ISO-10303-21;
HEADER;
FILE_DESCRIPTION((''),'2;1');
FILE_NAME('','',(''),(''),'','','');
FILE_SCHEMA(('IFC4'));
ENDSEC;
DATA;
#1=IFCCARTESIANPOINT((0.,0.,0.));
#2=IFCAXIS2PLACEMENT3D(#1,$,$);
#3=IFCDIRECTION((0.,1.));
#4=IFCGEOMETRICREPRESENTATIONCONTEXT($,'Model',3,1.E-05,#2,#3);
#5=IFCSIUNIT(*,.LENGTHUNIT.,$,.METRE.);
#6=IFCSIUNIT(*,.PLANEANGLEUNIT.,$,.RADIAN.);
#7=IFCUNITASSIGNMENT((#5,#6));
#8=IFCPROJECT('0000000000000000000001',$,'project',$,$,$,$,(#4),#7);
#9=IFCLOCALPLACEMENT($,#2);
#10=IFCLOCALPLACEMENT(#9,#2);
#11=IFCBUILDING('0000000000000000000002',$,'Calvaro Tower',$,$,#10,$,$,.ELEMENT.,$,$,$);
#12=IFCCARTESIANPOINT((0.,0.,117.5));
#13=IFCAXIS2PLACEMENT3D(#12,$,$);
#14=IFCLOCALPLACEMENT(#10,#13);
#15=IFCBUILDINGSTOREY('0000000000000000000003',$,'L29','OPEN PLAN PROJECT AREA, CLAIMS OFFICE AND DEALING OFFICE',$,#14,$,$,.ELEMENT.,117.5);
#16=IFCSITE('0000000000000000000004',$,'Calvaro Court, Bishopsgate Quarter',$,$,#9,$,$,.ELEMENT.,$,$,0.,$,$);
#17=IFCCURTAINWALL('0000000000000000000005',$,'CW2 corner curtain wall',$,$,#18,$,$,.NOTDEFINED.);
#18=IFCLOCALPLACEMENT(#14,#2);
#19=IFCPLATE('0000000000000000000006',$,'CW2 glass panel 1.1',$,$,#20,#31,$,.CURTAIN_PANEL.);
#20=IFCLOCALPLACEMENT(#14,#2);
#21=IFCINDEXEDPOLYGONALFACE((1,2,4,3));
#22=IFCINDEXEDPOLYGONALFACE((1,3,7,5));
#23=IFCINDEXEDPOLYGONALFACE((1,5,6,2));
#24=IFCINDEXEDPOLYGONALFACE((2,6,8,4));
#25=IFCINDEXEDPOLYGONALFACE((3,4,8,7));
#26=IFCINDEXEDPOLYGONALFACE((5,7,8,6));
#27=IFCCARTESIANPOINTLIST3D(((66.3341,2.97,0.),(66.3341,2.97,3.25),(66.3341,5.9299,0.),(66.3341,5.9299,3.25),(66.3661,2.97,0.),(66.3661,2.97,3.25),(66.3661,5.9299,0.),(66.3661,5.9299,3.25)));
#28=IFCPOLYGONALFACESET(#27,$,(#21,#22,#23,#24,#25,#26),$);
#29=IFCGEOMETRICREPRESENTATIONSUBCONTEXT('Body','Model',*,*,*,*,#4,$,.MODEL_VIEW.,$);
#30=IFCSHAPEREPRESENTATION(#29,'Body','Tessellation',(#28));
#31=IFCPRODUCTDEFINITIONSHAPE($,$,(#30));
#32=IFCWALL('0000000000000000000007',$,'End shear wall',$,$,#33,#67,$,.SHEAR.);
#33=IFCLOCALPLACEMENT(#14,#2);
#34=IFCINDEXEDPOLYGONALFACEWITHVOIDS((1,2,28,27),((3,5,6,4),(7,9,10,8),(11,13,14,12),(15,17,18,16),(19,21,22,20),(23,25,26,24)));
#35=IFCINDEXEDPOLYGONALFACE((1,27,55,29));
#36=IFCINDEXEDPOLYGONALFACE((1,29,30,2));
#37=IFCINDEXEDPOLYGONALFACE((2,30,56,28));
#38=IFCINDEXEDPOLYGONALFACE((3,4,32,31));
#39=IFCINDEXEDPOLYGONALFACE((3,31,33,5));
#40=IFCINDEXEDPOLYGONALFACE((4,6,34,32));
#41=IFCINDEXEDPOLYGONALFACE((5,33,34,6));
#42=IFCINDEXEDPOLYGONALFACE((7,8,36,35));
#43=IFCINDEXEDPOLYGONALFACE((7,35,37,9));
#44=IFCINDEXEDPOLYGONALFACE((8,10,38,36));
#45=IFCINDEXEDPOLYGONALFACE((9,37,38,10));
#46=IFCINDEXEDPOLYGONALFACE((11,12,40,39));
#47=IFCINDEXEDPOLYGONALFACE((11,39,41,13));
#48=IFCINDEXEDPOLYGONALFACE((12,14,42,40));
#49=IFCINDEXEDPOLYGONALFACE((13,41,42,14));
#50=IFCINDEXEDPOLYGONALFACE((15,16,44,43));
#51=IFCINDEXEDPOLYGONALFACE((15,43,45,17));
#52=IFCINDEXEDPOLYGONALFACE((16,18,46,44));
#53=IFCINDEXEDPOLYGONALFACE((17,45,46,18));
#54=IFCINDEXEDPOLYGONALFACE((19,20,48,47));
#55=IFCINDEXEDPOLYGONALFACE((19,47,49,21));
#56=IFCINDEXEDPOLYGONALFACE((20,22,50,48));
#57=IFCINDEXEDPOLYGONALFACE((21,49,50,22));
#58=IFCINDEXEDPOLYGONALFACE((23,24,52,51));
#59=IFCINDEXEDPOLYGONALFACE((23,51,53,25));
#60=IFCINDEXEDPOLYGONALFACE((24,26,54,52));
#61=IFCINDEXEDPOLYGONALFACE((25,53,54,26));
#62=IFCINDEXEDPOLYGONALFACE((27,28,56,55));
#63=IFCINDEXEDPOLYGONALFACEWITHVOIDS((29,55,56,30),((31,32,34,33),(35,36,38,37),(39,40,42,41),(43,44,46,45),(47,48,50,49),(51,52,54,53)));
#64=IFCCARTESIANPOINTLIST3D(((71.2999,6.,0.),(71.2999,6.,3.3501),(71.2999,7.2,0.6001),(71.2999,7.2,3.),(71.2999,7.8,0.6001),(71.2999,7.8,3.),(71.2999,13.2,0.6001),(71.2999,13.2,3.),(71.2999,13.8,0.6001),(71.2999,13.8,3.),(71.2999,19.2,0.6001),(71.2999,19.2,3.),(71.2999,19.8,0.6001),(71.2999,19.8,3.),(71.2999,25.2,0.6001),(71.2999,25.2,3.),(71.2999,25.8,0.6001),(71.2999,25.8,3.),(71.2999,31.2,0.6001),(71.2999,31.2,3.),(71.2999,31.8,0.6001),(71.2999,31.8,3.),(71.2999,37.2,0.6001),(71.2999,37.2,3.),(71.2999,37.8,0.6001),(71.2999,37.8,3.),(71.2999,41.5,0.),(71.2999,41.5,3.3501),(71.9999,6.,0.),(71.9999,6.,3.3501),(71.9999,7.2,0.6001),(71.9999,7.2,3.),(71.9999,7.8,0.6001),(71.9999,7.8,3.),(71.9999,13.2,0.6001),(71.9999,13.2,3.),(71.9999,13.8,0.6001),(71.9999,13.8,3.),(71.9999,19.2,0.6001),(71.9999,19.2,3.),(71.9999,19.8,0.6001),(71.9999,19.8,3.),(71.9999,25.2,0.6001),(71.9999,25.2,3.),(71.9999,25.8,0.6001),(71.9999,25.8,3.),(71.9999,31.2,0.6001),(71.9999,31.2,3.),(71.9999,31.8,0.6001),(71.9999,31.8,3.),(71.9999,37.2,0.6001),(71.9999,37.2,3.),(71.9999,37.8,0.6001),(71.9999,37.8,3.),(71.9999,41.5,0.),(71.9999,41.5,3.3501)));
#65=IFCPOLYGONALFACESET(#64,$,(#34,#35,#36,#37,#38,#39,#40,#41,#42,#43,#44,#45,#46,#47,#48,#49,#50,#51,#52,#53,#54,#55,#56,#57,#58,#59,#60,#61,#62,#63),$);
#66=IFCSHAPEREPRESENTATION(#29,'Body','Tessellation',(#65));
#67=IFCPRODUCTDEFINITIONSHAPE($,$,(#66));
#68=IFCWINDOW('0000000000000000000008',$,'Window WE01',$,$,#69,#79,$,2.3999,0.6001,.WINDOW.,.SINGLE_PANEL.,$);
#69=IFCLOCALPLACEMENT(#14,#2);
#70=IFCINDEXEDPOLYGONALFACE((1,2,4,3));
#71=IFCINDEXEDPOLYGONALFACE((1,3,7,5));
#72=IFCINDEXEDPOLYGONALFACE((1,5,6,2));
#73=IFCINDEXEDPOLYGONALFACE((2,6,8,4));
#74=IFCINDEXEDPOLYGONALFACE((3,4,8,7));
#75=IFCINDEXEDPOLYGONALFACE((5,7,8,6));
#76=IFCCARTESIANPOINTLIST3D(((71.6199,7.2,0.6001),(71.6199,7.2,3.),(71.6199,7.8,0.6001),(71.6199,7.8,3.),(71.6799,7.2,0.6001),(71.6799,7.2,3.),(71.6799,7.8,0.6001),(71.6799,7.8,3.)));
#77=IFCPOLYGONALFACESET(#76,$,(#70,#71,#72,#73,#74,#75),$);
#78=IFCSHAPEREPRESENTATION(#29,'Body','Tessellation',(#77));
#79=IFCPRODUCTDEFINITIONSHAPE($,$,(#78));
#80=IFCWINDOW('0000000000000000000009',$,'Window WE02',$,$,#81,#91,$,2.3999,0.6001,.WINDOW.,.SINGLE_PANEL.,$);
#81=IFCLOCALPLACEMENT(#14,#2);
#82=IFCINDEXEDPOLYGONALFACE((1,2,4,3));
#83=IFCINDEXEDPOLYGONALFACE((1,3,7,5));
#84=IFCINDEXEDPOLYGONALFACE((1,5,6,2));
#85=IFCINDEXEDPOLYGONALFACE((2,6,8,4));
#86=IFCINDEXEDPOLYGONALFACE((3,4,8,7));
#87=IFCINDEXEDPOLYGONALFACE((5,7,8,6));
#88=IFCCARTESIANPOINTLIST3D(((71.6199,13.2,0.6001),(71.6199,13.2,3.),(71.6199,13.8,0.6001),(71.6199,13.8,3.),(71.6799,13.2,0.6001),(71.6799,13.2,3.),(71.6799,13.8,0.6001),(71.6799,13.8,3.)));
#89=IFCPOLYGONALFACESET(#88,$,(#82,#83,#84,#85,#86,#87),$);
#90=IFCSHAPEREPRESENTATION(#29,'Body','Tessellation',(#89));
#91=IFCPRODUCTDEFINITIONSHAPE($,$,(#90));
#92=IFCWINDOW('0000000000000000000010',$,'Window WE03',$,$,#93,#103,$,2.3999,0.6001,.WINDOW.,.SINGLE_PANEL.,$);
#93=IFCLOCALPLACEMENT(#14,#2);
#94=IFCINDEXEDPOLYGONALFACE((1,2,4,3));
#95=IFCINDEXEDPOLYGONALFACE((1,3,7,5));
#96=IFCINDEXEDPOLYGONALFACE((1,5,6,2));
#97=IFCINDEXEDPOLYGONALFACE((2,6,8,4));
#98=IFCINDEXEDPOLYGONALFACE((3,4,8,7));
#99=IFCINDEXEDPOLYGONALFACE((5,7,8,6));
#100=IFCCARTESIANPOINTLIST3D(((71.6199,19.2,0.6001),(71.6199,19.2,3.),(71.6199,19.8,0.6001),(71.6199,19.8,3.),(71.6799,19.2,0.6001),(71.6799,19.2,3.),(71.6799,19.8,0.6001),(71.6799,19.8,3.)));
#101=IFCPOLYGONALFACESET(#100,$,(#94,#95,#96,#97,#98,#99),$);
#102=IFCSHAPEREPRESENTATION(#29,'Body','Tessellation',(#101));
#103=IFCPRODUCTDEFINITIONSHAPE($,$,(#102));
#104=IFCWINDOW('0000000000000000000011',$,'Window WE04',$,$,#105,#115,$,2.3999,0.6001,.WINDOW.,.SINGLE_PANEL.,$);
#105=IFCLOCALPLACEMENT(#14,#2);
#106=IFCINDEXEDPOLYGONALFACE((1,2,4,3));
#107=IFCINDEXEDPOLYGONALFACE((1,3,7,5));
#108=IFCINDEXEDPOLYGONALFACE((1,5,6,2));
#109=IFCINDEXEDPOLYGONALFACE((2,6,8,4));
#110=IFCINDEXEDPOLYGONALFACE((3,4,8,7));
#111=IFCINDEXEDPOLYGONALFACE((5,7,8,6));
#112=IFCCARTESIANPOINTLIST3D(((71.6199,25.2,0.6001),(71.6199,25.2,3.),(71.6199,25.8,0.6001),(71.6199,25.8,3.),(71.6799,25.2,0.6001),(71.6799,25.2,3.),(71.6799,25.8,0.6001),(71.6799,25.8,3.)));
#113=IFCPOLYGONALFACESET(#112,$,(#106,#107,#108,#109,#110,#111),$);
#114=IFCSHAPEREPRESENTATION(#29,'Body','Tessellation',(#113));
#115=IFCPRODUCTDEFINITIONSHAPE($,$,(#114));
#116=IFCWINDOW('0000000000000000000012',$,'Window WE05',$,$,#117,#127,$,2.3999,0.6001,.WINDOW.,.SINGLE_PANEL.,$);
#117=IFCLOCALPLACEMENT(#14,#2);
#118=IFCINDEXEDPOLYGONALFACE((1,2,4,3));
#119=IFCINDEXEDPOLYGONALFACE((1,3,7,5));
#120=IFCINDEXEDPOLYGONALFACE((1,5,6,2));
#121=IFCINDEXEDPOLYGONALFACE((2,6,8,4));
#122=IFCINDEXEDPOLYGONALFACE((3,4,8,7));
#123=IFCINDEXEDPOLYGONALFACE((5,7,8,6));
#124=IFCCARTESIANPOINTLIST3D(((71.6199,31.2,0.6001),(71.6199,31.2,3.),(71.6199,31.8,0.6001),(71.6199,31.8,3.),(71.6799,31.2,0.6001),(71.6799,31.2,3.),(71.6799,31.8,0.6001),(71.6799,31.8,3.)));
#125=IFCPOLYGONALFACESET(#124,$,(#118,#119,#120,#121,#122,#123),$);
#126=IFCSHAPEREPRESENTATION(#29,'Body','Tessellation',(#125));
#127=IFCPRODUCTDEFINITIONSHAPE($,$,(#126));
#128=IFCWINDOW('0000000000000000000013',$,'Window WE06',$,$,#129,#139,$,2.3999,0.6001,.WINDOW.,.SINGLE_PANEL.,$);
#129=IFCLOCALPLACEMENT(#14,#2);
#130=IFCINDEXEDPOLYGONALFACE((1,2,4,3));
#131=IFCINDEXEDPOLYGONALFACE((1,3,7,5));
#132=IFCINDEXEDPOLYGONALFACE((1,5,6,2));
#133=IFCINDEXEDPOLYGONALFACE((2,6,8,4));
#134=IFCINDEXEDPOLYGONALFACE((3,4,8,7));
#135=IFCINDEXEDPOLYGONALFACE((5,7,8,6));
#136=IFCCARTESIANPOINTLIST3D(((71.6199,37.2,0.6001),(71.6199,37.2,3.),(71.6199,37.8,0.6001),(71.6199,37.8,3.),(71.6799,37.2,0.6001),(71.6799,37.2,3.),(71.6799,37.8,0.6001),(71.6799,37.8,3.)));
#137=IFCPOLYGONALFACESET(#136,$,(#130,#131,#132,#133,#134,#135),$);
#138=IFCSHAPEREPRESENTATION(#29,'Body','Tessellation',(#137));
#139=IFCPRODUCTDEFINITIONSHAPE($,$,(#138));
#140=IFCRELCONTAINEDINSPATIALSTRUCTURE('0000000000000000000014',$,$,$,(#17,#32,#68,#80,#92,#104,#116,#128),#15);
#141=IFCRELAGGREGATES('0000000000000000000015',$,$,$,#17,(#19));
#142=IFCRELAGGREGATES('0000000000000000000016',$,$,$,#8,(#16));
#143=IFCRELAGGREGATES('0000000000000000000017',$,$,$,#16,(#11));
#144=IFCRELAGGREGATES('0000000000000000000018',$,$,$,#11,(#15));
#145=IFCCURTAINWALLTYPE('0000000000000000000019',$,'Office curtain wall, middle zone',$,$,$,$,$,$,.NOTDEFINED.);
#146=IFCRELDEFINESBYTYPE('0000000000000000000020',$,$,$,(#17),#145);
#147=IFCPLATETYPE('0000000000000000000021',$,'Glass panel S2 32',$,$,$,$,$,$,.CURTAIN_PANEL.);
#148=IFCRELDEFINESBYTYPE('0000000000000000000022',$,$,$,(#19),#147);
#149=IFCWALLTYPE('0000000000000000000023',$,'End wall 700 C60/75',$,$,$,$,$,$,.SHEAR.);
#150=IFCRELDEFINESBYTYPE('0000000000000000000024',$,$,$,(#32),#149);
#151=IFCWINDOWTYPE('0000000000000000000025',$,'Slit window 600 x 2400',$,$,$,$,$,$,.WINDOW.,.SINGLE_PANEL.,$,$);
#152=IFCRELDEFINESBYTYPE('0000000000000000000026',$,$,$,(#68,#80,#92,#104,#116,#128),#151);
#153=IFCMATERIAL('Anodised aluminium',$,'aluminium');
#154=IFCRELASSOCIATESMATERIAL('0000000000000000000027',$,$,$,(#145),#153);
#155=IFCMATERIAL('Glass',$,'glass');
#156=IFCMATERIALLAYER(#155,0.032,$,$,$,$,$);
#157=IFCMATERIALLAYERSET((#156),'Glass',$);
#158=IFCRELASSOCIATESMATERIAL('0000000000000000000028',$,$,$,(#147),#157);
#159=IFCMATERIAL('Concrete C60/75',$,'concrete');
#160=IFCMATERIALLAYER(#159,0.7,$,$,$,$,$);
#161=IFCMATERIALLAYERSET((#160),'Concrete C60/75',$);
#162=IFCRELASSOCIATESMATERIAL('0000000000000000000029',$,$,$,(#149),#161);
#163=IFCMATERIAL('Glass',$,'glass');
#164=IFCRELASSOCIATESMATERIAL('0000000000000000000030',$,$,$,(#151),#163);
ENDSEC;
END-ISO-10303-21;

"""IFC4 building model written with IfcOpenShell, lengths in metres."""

from ifc_helpers import new_model, si_unit, direction, frame, frame_2d, origin, origin_2d, place, context, subcontext, project, spatial, rectangle, extrude, material, layer, layer_set, type_object, element, fill, aggregate, save


model = new_model("IFC4")

# Units and contexts
model_context = context("Model", 3, precision=1e-05, world=origin(), true_north=direction((0.0, 1.0)))
body_context = subcontext(model_context, "Body", "Model", "MODEL_VIEW")
ifc_project = project(units=[si_unit("LENGTHUNIT", "METRE"), si_unit("PLANEANGLEUNIT", "RADIAN")], contexts=[model_context])

# Site, building, storey
site_placement = place(None, origin())
site = spatial("IfcSite", under=ifc_project, at=site_placement, Name="Calvaro Court, Bishopsgate Quarter", CompositionType="ELEMENT", RefElevation=0.0)
building_placement = place(site_placement, origin())
building = spatial("IfcBuilding", under=site, at=building_placement, Name="Calvaro Tower", CompositionType="ELEMENT")
storey_placement = place(building_placement, frame((0.0, 0.0, 117.5)))
storey = spatial("IfcBuildingStorey", under=building, at=storey_placement, Name="L29", Description="OPEN PLAN PROJECT AREA, CLAIMS OFFICE AND DEALING OFFICE", CompositionType="ELEMENT", Elevation=117.5)

# Curtain wall
ifc_material_1 = material(Name="Anodised aluminium", Category="aluminium")
curtain_wall_type = type_object("IfcCurtainWallType", Name="Office curtain wall, middle zone", PredefinedType="NOTDEFINED", material=ifc_material_1)
curtain_wall_1_placement = place(storey_placement, origin())
curtain_wall_1 = element("IfcCurtainWall", 1, at=curtain_wall_1_placement, inside=storey, type_object=curtain_wall_type, Name="CW2 corner curtain wall", PredefinedType="NOTDEFINED")

# Plate
ifc_material_2 = material(Name="Glass", Category="glass")
ifc_layer_1 = layer(ifc_material_2, 0.032)
ifc_layer_set_1 = layer_set([ifc_layer_1], Name="Glass")
plate_type = type_object("IfcPlateType", Name="Glass panel S2 32", PredefinedType="CURTAIN_PANEL", material=ifc_layer_set_1)
plate_1_placement = place(storey_placement, frame((66.3501, 4.45, 0.0), z_axis=(0.0, 0.0, 1.0), x_axis=(0.0, 1.0, 0.0)))
plate_1 = element("IfcPlate", 2, at=plate_1_placement, type_object=plate_type, Name="CW2 glass panel 1.1", PredefinedType="CURTAIN_PANEL", context=body_context, shape_type="SweptSolid", body=[
    extrude(rectangle(XDim=2.96, YDim=0.032, at=origin_2d()), origin(), (0.0, 0.0, 1.0), 3.25),
])
aggregate(curtain_wall_1, [plate_1])

# Wall, openings, windows
ifc_material_3 = material(Name="Concrete C60/75", Category="concrete")
ifc_layer_2 = layer(ifc_material_3, 0.7)
ifc_layer_set_2 = layer_set([ifc_layer_2], Name="Concrete C60/75")
wall_type_1 = type_object("IfcWallType", Name="End wall 700 C60/75", PredefinedType="SHEAR", material=ifc_layer_set_2)
wall_1_placement = place(storey_placement, frame((71.6499, 6.0, 0.0), z_axis=(0.0, 0.0, 1.0), x_axis=(0.0, 1.0, 0.0)))
wall_1 = element("IfcWall", 3, at=wall_1_placement, inside=storey, type_object=wall_type_1, Name="End shear wall", PredefinedType="SHEAR", context=body_context, shape_type="SweptSolid", body=[
    extrude(rectangle(XDim=35.5, YDim=0.7, at=frame_2d((17.75, 0.0))), origin(), (0.0, 0.0, 1.0), 3.3501),
])
opening_1_placement = place(wall_1_placement, frame((1.2, 0.0, 0.6001)))
opening_1 = element("IfcOpeningElement", 4, at=opening_1_placement, cuts=wall_1, PredefinedType="OPENING", context=body_context, shape_type="SweptSolid", body=[
    extrude(rectangle(XDim=0.6001, YDim=2.3999, at=frame_2d((0.3, 1.2))), frame((0.0, 0.3599, 0.0), z_axis=(0.0, -1.0, 0.0), x_axis=(1.0, 0.0, 0.0)), (0.0, 0.0, 1.0), 0.72),
])
opening_2_placement = place(wall_1_placement, frame((7.2, 0.0, 0.6001)))
opening_2 = element("IfcOpeningElement", 5, at=opening_2_placement, cuts=wall_1, PredefinedType="OPENING", context=body_context, shape_type="SweptSolid", body=[
    extrude(rectangle(XDim=0.6001, YDim=2.3999, at=frame_2d((0.3, 1.2))), frame((0.0, 0.3599, 0.0), z_axis=(0.0, -1.0, 0.0), x_axis=(1.0, 0.0, 0.0)), (0.0, 0.0, 1.0), 0.72),
])
opening_3_placement = place(wall_1_placement, frame((13.2, 0.0, 0.6001)))
opening_3 = element("IfcOpeningElement", 6, at=opening_3_placement, cuts=wall_1, PredefinedType="OPENING", context=body_context, shape_type="SweptSolid", body=[
    extrude(rectangle(XDim=0.6001, YDim=2.3999, at=frame_2d((0.3, 1.2))), frame((0.0, 0.3599, 0.0), z_axis=(0.0, -1.0, 0.0), x_axis=(1.0, 0.0, 0.0)), (0.0, 0.0, 1.0), 0.72),
])
opening_4_placement = place(wall_1_placement, frame((19.2, 0.0, 0.6001)))
opening_4 = element("IfcOpeningElement", 7, at=opening_4_placement, cuts=wall_1, PredefinedType="OPENING", context=body_context, shape_type="SweptSolid", body=[
    extrude(rectangle(XDim=0.6001, YDim=2.3999, at=frame_2d((0.3, 1.2))), frame((0.0, 0.3599, 0.0), z_axis=(0.0, -1.0, 0.0), x_axis=(1.0, 0.0, 0.0)), (0.0, 0.0, 1.0), 0.72),
])
opening_5_placement = place(wall_1_placement, frame((25.2, 0.0, 0.6001)))
opening_5 = element("IfcOpeningElement", 8, at=opening_5_placement, cuts=wall_1, PredefinedType="OPENING", context=body_context, shape_type="SweptSolid", body=[
    extrude(rectangle(XDim=0.6001, YDim=2.3999, at=frame_2d((0.3, 1.2))), frame((0.0, 0.3599, 0.0), z_axis=(0.0, -1.0, 0.0), x_axis=(1.0, 0.0, 0.0)), (0.0, 0.0, 1.0), 0.72),
])
opening_6_placement = place(wall_1_placement, frame((31.2, 0.0, 0.6001)))
opening_6 = element("IfcOpeningElement", 9, at=opening_6_placement, cuts=wall_1, PredefinedType="OPENING", context=body_context, shape_type="SweptSolid", body=[
    extrude(rectangle(XDim=0.6001, YDim=2.3999, at=frame_2d((0.3, 1.2))), frame((0.0, 0.3599, 0.0), z_axis=(0.0, -1.0, 0.0), x_axis=(1.0, 0.0, 0.0)), (0.0, 0.0, 1.0), 0.72),
])
ifc_material_4 = material(Name="Glass", Category="glass")
window_type = type_object("IfcWindowType", Name="Slit window 600 x 2400", PartitioningType="SINGLE_PANEL", PredefinedType="WINDOW", material=ifc_material_4)
window_1_placement = place(opening_1_placement, origin())
window_1 = element("IfcWindow", 10, at=window_1_placement, inside=storey, type_object=window_type, Name="Window WE01", OverallHeight=2.3999, OverallWidth=0.6001, PartitioningType="SINGLE_PANEL", PredefinedType="WINDOW", context=body_context, shape_type="SweptSolid", body=[
    extrude(rectangle(XDim=0.6001, YDim=2.3999, at=frame_2d((0.3, 1.2))), frame((0.0, 0.03, 0.0), z_axis=(0.0, -1.0, 0.0), x_axis=(1.0, 0.0, 0.0)), (0.0, 0.0, 1.0), 0.0601),
])
fill(opening_1, window_1)
window_2_placement = place(opening_2_placement, origin())
window_2 = element("IfcWindow", 11, at=window_2_placement, inside=storey, type_object=window_type, Name="Window WE02", OverallHeight=2.3999, OverallWidth=0.6001, PartitioningType="SINGLE_PANEL", PredefinedType="WINDOW", context=body_context, shape_type="SweptSolid", body=[
    extrude(rectangle(XDim=0.6001, YDim=2.3999, at=frame_2d((0.3, 1.2))), frame((0.0, 0.03, 0.0), z_axis=(0.0, -1.0, 0.0), x_axis=(1.0, 0.0, 0.0)), (0.0, 0.0, 1.0), 0.0601),
])
fill(opening_2, window_2)
window_3_placement = place(opening_3_placement, origin())
window_3 = element("IfcWindow", 12, at=window_3_placement, inside=storey, type_object=window_type, Name="Window WE03", OverallHeight=2.3999, OverallWidth=0.6001, PartitioningType="SINGLE_PANEL", PredefinedType="WINDOW", context=body_context, shape_type="SweptSolid", body=[
    extrude(rectangle(XDim=0.6001, YDim=2.3999, at=frame_2d((0.3, 1.2))), frame((0.0, 0.03, 0.0), z_axis=(0.0, -1.0, 0.0), x_axis=(1.0, 0.0, 0.0)), (0.0, 0.0, 1.0), 0.0601),
])
fill(opening_3, window_3)
window_4_placement = place(opening_4_placement, origin())
window_4 = element("IfcWindow", 13, at=window_4_placement, inside=storey, type_object=window_type, Name="Window WE04", OverallHeight=2.3999, OverallWidth=0.6001, PartitioningType="SINGLE_PANEL", PredefinedType="WINDOW", context=body_context, shape_type="SweptSolid", body=[
    extrude(rectangle(XDim=0.6001, YDim=2.3999, at=frame_2d((0.3, 1.2))), frame((0.0, 0.03, 0.0), z_axis=(0.0, -1.0, 0.0), x_axis=(1.0, 0.0, 0.0)), (0.0, 0.0, 1.0), 0.0601),
])
fill(opening_4, window_4)
window_5_placement = place(opening_5_placement, origin())
window_5 = element("IfcWindow", 14, at=window_5_placement, inside=storey, type_object=window_type, Name="Window WE05", OverallHeight=2.3999, OverallWidth=0.6001, PartitioningType="SINGLE_PANEL", PredefinedType="WINDOW", context=body_context, shape_type="SweptSolid", body=[
    extrude(rectangle(XDim=0.6001, YDim=2.3999, at=frame_2d((0.3, 1.2))), frame((0.0, 0.03, 0.0), z_axis=(0.0, -1.0, 0.0), x_axis=(1.0, 0.0, 0.0)), (0.0, 0.0, 1.0), 0.0601),
])
fill(opening_5, window_5)
window_6_placement = place(opening_6_placement, origin())
window_6 = element("IfcWindow", 15, at=window_6_placement, inside=storey, type_object=window_type, Name="Window WE06", OverallHeight=2.3999, OverallWidth=0.6001, PartitioningType="SINGLE_PANEL", PredefinedType="WINDOW", context=body_context, shape_type="SweptSolid", body=[
    extrude(rectangle(XDim=0.6001, YDim=2.3999, at=frame_2d((0.3, 1.2))), frame((0.0, 0.03, 0.0), z_axis=(0.0, -1.0, 0.0), x_axis=(1.0, 0.0, 0.0)), (0.0, 0.0, 1.0), 0.0601),
])
fill(opening_6, window_6)

save(model, "model.ifc")
